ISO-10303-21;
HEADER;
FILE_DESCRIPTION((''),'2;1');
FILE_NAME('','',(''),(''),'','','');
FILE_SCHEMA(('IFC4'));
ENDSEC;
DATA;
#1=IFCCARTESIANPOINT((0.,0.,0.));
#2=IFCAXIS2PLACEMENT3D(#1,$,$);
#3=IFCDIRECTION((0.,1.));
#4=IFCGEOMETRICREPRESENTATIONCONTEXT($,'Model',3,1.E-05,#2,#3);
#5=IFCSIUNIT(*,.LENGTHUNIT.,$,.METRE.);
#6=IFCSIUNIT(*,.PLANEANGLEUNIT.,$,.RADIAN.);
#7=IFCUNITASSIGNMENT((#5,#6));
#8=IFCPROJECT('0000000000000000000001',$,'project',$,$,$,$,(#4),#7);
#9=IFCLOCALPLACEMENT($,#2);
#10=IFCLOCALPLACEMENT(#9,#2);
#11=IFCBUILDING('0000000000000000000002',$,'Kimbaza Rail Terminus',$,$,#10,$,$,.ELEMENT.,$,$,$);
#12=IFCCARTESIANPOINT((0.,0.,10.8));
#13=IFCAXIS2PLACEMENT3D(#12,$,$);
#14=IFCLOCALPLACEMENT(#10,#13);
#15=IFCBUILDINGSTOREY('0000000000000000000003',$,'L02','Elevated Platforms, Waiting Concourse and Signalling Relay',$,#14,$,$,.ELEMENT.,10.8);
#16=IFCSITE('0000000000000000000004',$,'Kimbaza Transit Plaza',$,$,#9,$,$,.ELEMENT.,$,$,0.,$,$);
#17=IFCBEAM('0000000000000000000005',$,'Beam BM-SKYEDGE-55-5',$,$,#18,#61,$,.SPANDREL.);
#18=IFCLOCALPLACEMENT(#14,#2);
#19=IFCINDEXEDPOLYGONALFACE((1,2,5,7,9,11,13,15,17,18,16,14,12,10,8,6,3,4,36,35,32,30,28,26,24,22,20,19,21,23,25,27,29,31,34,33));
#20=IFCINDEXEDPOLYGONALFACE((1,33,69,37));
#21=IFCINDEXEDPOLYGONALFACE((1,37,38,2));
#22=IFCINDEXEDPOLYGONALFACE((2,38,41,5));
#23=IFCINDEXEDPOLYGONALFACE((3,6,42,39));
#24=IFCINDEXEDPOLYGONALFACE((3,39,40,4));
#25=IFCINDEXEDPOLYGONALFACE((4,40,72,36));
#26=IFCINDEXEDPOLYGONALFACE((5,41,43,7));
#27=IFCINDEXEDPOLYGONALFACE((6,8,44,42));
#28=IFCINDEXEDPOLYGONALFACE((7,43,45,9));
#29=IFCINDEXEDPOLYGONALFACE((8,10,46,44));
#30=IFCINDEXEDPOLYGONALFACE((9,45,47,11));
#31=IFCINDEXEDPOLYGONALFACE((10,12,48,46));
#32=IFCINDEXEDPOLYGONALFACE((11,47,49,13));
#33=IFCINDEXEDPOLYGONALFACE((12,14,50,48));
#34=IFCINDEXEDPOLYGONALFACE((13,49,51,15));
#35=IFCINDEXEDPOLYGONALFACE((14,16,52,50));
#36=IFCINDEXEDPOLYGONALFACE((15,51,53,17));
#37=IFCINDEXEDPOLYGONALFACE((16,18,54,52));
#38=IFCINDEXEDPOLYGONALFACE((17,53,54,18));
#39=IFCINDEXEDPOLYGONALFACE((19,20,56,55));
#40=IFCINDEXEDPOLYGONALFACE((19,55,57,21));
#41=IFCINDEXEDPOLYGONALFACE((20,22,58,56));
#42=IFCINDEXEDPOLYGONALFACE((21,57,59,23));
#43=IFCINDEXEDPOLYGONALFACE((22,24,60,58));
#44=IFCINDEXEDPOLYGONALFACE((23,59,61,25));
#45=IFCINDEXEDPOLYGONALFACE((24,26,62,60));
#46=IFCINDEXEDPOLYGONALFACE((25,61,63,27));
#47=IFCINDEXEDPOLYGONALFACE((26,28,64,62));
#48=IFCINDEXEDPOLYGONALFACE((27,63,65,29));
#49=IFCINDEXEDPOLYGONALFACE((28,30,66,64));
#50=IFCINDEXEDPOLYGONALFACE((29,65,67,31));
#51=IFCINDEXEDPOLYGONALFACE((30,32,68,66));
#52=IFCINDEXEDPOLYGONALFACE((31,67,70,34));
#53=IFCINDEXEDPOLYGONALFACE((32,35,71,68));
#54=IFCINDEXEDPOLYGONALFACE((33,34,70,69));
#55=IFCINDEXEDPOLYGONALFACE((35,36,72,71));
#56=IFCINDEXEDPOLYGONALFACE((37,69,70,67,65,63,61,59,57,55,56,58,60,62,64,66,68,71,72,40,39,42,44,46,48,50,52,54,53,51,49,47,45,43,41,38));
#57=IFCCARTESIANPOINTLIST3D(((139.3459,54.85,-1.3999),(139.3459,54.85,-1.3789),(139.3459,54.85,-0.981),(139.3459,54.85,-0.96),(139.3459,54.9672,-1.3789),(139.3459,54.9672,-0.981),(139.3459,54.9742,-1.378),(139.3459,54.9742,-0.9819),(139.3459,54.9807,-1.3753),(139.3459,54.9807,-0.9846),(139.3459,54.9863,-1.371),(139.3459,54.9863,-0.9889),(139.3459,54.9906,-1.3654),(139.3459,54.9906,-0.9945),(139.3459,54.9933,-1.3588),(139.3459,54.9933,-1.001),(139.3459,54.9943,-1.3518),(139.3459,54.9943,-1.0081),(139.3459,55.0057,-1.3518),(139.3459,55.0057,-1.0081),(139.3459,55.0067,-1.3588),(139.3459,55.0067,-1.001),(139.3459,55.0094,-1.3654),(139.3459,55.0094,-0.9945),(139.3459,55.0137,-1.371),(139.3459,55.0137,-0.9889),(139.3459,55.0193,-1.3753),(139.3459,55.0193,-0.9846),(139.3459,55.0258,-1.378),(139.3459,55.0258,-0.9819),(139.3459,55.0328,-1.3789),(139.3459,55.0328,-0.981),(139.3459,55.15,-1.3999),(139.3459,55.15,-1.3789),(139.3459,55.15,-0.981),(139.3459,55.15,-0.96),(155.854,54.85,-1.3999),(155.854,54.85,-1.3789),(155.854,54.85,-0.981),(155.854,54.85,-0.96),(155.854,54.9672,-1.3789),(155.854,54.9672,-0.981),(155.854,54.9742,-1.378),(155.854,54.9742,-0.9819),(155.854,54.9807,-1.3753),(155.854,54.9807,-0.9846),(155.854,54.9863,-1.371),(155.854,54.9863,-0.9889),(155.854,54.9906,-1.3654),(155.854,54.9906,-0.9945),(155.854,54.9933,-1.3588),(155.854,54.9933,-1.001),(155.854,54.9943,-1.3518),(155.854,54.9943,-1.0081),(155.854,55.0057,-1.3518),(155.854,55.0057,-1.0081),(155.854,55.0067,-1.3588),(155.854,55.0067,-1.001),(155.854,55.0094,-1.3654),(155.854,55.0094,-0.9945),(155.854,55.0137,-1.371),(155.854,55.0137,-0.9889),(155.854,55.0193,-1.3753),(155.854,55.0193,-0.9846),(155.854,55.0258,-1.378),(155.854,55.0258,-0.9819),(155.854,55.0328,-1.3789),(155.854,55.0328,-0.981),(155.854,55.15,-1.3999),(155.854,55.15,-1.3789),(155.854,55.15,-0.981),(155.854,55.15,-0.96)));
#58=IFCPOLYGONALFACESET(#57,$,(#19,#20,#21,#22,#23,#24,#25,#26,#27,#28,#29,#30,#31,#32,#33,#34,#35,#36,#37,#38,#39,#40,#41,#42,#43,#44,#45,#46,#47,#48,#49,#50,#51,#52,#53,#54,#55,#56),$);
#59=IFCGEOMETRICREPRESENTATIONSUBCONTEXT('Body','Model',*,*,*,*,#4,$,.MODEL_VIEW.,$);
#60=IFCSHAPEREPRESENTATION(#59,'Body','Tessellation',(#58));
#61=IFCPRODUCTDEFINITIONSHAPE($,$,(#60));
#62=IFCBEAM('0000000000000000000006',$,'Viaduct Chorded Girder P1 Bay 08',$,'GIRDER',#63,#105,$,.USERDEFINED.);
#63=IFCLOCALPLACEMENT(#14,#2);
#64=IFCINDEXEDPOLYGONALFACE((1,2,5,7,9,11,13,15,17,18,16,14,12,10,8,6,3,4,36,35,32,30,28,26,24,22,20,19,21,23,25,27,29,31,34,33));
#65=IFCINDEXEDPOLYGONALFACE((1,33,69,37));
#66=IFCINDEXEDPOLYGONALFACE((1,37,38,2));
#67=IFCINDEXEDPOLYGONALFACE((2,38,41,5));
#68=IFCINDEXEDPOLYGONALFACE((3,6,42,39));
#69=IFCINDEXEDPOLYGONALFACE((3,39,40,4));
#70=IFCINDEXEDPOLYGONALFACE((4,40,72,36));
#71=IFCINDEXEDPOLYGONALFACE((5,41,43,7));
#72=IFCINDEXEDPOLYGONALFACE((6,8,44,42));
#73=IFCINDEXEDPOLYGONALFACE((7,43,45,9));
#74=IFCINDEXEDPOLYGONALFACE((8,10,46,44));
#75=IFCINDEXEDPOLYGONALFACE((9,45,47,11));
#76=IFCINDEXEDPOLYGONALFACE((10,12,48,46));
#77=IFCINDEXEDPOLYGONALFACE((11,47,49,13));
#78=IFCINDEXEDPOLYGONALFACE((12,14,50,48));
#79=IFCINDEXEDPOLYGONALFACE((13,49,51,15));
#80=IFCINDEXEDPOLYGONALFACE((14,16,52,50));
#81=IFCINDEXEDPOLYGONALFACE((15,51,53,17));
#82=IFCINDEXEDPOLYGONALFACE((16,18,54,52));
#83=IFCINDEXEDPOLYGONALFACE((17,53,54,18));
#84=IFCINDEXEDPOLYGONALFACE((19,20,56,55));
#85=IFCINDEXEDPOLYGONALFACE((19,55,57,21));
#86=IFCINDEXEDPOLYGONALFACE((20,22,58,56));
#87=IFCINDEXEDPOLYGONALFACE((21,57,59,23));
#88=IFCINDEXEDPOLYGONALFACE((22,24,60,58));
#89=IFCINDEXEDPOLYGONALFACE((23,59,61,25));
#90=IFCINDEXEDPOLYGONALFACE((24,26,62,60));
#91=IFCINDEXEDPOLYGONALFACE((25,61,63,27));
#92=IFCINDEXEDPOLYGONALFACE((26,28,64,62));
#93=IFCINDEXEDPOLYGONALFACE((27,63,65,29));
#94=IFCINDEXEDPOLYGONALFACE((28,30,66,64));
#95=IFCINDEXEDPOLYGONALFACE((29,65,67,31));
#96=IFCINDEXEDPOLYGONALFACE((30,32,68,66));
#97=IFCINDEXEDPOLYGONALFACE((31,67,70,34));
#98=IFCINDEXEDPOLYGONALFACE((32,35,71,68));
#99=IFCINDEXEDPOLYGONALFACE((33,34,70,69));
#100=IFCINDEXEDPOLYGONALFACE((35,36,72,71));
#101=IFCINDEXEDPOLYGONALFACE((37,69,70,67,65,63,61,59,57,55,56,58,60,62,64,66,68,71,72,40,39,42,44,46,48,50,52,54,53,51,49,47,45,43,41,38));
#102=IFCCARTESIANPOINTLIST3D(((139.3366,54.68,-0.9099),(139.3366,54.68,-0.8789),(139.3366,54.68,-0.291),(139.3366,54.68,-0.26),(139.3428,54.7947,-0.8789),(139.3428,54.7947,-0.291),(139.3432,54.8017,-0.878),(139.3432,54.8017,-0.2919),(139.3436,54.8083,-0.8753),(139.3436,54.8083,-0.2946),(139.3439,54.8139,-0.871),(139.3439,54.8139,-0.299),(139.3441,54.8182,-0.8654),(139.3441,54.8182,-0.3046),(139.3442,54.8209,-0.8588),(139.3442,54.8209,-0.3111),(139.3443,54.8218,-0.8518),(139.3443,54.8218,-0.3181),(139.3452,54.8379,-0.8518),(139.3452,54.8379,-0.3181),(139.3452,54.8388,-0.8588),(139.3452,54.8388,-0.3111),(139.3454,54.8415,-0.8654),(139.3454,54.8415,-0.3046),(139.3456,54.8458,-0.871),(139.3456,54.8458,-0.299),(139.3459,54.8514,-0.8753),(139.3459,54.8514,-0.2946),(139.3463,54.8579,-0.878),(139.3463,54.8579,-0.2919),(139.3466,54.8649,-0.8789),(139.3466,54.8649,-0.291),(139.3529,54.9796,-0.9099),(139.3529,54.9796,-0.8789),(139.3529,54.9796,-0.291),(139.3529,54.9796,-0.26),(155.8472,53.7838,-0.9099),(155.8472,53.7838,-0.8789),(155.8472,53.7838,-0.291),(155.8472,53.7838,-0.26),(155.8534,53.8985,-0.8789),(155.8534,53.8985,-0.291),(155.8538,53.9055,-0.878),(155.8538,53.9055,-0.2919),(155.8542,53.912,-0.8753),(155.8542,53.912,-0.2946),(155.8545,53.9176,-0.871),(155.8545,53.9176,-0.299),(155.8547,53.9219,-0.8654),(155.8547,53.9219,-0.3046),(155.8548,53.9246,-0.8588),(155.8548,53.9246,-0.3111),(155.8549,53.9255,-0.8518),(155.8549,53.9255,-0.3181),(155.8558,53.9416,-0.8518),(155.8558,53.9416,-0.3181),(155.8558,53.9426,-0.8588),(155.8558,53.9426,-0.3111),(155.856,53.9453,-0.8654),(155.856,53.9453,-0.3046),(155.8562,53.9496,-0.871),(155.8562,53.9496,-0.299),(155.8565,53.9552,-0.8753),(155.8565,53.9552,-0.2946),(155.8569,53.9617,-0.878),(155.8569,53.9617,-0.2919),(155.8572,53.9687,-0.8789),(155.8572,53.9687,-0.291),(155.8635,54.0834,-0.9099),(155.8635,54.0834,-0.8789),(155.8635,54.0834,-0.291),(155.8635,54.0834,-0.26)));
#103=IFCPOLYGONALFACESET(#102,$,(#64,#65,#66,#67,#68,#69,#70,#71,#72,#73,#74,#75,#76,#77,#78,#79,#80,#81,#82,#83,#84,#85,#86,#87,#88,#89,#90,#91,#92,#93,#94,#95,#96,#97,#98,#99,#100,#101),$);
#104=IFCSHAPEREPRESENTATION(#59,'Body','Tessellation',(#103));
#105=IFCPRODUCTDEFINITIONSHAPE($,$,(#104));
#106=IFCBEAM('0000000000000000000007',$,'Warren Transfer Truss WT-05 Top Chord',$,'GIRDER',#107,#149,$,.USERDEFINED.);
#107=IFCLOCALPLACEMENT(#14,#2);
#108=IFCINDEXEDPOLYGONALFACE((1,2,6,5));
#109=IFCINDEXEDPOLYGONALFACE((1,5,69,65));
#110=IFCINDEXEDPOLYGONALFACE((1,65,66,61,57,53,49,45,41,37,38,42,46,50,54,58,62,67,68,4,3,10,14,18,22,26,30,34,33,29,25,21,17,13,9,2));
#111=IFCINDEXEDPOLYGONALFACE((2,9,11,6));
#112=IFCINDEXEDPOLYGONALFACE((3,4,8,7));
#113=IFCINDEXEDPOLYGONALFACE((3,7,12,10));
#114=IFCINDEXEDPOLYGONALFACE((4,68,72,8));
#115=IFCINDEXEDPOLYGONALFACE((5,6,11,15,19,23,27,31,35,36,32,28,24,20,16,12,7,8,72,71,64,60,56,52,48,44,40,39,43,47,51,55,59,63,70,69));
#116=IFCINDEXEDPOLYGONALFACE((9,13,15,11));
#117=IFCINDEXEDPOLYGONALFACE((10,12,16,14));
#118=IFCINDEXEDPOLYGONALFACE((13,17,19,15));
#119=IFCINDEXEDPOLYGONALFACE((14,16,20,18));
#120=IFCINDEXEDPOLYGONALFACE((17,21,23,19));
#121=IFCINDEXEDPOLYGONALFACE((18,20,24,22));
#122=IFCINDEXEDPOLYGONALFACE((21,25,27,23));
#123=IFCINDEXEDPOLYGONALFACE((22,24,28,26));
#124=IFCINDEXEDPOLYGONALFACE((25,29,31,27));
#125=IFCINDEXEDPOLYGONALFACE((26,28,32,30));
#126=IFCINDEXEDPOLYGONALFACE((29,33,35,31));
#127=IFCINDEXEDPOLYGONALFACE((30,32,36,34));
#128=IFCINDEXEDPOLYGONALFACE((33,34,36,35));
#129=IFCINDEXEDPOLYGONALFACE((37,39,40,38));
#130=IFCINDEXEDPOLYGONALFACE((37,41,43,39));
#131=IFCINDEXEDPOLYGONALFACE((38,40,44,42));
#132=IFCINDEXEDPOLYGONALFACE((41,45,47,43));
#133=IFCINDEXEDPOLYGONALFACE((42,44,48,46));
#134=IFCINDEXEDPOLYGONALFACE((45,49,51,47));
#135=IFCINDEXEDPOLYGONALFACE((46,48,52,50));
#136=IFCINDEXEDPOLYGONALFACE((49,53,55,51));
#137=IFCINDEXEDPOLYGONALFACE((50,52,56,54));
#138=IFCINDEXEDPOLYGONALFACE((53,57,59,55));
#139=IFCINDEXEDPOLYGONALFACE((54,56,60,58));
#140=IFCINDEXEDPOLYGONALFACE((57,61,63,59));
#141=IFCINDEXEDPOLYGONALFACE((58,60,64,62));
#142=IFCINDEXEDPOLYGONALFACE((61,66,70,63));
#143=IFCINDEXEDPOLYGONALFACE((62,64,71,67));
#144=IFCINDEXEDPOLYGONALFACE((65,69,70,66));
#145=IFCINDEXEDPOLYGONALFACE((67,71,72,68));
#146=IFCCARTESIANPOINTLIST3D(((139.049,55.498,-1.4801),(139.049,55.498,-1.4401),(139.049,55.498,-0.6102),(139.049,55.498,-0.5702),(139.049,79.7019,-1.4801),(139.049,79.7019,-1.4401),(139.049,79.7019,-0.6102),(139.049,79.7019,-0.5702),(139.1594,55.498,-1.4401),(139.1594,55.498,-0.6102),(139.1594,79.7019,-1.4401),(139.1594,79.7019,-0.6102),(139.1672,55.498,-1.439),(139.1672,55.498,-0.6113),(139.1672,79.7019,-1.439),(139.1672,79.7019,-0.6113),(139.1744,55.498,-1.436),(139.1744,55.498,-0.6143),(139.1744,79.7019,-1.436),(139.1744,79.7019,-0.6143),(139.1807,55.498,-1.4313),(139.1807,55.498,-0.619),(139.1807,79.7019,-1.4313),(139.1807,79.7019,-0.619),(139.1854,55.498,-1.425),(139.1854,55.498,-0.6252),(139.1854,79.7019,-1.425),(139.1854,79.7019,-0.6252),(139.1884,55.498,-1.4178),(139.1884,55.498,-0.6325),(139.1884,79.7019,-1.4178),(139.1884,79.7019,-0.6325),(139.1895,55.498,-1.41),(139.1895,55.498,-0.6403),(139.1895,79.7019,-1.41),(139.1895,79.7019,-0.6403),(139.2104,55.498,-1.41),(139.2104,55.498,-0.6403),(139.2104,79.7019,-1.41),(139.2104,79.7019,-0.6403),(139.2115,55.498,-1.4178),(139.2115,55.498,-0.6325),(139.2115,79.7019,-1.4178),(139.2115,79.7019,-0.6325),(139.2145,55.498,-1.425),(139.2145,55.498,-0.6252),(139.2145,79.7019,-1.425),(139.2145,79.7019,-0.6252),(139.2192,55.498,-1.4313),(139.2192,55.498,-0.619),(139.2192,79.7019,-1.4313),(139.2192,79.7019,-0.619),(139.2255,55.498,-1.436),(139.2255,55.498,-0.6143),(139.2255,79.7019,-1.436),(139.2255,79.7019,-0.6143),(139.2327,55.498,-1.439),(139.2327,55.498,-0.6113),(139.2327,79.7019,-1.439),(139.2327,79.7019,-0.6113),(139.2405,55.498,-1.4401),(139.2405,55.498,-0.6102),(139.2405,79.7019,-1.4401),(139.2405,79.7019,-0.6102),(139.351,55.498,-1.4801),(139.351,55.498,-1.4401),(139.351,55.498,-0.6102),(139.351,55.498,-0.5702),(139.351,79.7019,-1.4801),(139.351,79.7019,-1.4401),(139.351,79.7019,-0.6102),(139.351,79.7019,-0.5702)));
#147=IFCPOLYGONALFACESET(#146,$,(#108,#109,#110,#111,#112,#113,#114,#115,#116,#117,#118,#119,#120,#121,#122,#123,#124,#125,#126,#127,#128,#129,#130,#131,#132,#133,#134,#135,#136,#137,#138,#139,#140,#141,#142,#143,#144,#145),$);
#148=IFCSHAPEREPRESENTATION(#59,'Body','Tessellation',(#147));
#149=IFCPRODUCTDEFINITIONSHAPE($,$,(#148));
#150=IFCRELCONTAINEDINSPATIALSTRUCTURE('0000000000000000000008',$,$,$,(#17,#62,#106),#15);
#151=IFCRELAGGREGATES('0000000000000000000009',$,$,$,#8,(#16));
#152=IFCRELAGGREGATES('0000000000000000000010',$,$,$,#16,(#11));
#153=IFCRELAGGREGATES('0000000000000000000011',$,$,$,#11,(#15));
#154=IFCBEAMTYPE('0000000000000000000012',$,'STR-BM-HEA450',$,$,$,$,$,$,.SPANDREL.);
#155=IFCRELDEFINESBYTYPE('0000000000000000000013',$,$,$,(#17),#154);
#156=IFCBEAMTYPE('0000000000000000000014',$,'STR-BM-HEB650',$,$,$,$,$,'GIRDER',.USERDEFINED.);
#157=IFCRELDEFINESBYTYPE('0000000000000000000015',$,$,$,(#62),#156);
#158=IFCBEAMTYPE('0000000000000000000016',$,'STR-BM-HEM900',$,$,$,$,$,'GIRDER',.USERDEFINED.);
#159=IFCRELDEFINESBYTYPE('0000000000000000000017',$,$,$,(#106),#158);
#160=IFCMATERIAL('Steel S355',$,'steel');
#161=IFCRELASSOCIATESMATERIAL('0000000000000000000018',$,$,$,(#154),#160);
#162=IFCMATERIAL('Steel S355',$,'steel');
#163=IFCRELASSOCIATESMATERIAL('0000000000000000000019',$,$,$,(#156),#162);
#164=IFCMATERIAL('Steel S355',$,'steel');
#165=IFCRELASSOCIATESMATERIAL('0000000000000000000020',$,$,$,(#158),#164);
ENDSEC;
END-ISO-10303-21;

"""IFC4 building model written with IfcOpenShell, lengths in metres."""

from ifc_helpers import new_model, si_unit, direction, frame, origin, origin_2d, place, context, subcontext, project, spatial, i_section, extrude, material, material_profile, profile_set, type_object, element, save


model = new_model("IFC4")

# Units and contexts
model_context = context("Model", 3, precision=1e-05, world=origin(), true_north=direction((0.0, 1.0)))
body_context = subcontext(model_context, "Body", "Model", "MODEL_VIEW")
ifc_project = project(units=[si_unit("LENGTHUNIT", "METRE"), si_unit("PLANEANGLEUNIT", "RADIAN")], contexts=[model_context])

# Site, building, storey
site_placement = place(None, origin())
site = spatial("IfcSite", under=ifc_project, at=site_placement, Name="Kimbaza Transit Plaza", CompositionType="ELEMENT", RefElevation=0.0)
building_placement = place(site_placement, origin())
building = spatial("IfcBuilding", under=site, at=building_placement, Name="Kimbaza Rail Terminus", CompositionType="ELEMENT")
storey_placement = place(building_placement, frame((0.0, 0.0, 10.8)))
storey = spatial("IfcBuildingStorey", under=building, at=storey_placement, Name="L02", Description="Elevated Platforms, Waiting Concourse and Signalling Relay", CompositionType="ELEMENT", Elevation=10.8)

# Beams
ifc_material_1 = material(Name="Steel S355", Category="steel")
ifc_material_profile_1 = material_profile(ifc_material_1, i_section(OverallWidth=0.3, OverallDepth=0.4399, WebThickness=0.0115, FlangeThickness=0.021, FilletRadius=0.0271, at=origin_2d()), Name="HEA 450")
ifc_profile_set_1 = profile_set([ifc_material_profile_1], Name="Steel S355")
beam_type_1 = type_object("IfcBeamType", Name="STR-BM-HEA450", PredefinedType="SPANDREL", material=ifc_profile_set_1)
beam_1_placement = place(storey_placement, frame((139.3459, 55.0, -1.1799), z_axis=(1.0, 0.0, 0.0), x_axis=(0.0, 1.0, 0.0)))
element("IfcBeam", 1, at=beam_1_placement, inside=storey, type_object=beam_type_1, Name="Beam BM-SKYEDGE-55-5", PredefinedType="SPANDREL", context=body_context, shape_type="SweptSolid", body=[
    extrude(i_section(OverallWidth=0.3, OverallDepth=0.4399, WebThickness=0.0115, FlangeThickness=0.021, FilletRadius=0.0271, at=origin_2d()), origin(), (0.0, 0.0, 1.0), 16.5081),
])
ifc_material_2 = material(Name="Steel S355", Category="steel")
ifc_material_profile_2 = material_profile(ifc_material_2, i_section(OverallWidth=0.3, OverallDepth=0.6499, WebThickness=0.0161, FlangeThickness=0.031, FilletRadius=0.0271, at=origin_2d()), Name="HEB 650")
ifc_profile_set_2 = profile_set([ifc_material_profile_2], Name="Steel S355")
beam_type_2 = type_object("IfcBeamType", Name="STR-BM-HEB650", ElementType="GIRDER", PredefinedType="USERDEFINED", material=ifc_profile_set_2)
beam_2_placement = place(storey_placement, frame((139.3447, 54.8298, -0.585), z_axis=(0.99853, -0.054203, 0.0), x_axis=(0.054203, 0.99853, 0.0)))
element("IfcBeam", 2, at=beam_2_placement, inside=storey, type_object=beam_type_2, Name="Viaduct Chorded Girder P1 Bay 08", ObjectType="GIRDER", PredefinedType="USERDEFINED", context=body_context, shape_type="SweptSolid", body=[
    extrude(i_section(OverallWidth=0.3, OverallDepth=0.6499, WebThickness=0.0161, FlangeThickness=0.031, FilletRadius=0.0271, at=origin_2d()), origin(), (0.0, 0.0, 1.0), 16.5349),
])
ifc_material_3 = material(Name="Steel S355", Category="steel")
ifc_material_profile_3 = material_profile(ifc_material_3, i_section(OverallWidth=0.302, OverallDepth=0.9099, WebThickness=0.021, FlangeThickness=0.04, FilletRadius=0.03, at=origin_2d()), Name="HEM 900")
ifc_profile_set_3 = profile_set([ifc_material_profile_3], Name="Steel S355")
beam_type_3 = type_object("IfcBeamType", Name="STR-BM-HEM900", ElementType="GIRDER", PredefinedType="USERDEFINED", material=ifc_profile_set_3)
beam_3_placement = place(storey_placement, frame((139.2, 55.498, -1.0251), z_axis=(0.0, 1.0, 0.0), x_axis=(-1.0, 0.0, 0.0)))
element("IfcBeam", 3, at=beam_3_placement, inside=storey, type_object=beam_type_3, Name="Warren Transfer Truss WT-05 Top Chord", ObjectType="GIRDER", PredefinedType="USERDEFINED", context=body_context, shape_type="SweptSolid", body=[
    extrude(i_section(OverallWidth=0.302, OverallDepth=0.9099, WebThickness=0.021, FlangeThickness=0.04, FilletRadius=0.03, at=origin_2d()), origin(), (0.0, 0.0, 1.0), 24.2039),
])

save(model, "model.ifc")
